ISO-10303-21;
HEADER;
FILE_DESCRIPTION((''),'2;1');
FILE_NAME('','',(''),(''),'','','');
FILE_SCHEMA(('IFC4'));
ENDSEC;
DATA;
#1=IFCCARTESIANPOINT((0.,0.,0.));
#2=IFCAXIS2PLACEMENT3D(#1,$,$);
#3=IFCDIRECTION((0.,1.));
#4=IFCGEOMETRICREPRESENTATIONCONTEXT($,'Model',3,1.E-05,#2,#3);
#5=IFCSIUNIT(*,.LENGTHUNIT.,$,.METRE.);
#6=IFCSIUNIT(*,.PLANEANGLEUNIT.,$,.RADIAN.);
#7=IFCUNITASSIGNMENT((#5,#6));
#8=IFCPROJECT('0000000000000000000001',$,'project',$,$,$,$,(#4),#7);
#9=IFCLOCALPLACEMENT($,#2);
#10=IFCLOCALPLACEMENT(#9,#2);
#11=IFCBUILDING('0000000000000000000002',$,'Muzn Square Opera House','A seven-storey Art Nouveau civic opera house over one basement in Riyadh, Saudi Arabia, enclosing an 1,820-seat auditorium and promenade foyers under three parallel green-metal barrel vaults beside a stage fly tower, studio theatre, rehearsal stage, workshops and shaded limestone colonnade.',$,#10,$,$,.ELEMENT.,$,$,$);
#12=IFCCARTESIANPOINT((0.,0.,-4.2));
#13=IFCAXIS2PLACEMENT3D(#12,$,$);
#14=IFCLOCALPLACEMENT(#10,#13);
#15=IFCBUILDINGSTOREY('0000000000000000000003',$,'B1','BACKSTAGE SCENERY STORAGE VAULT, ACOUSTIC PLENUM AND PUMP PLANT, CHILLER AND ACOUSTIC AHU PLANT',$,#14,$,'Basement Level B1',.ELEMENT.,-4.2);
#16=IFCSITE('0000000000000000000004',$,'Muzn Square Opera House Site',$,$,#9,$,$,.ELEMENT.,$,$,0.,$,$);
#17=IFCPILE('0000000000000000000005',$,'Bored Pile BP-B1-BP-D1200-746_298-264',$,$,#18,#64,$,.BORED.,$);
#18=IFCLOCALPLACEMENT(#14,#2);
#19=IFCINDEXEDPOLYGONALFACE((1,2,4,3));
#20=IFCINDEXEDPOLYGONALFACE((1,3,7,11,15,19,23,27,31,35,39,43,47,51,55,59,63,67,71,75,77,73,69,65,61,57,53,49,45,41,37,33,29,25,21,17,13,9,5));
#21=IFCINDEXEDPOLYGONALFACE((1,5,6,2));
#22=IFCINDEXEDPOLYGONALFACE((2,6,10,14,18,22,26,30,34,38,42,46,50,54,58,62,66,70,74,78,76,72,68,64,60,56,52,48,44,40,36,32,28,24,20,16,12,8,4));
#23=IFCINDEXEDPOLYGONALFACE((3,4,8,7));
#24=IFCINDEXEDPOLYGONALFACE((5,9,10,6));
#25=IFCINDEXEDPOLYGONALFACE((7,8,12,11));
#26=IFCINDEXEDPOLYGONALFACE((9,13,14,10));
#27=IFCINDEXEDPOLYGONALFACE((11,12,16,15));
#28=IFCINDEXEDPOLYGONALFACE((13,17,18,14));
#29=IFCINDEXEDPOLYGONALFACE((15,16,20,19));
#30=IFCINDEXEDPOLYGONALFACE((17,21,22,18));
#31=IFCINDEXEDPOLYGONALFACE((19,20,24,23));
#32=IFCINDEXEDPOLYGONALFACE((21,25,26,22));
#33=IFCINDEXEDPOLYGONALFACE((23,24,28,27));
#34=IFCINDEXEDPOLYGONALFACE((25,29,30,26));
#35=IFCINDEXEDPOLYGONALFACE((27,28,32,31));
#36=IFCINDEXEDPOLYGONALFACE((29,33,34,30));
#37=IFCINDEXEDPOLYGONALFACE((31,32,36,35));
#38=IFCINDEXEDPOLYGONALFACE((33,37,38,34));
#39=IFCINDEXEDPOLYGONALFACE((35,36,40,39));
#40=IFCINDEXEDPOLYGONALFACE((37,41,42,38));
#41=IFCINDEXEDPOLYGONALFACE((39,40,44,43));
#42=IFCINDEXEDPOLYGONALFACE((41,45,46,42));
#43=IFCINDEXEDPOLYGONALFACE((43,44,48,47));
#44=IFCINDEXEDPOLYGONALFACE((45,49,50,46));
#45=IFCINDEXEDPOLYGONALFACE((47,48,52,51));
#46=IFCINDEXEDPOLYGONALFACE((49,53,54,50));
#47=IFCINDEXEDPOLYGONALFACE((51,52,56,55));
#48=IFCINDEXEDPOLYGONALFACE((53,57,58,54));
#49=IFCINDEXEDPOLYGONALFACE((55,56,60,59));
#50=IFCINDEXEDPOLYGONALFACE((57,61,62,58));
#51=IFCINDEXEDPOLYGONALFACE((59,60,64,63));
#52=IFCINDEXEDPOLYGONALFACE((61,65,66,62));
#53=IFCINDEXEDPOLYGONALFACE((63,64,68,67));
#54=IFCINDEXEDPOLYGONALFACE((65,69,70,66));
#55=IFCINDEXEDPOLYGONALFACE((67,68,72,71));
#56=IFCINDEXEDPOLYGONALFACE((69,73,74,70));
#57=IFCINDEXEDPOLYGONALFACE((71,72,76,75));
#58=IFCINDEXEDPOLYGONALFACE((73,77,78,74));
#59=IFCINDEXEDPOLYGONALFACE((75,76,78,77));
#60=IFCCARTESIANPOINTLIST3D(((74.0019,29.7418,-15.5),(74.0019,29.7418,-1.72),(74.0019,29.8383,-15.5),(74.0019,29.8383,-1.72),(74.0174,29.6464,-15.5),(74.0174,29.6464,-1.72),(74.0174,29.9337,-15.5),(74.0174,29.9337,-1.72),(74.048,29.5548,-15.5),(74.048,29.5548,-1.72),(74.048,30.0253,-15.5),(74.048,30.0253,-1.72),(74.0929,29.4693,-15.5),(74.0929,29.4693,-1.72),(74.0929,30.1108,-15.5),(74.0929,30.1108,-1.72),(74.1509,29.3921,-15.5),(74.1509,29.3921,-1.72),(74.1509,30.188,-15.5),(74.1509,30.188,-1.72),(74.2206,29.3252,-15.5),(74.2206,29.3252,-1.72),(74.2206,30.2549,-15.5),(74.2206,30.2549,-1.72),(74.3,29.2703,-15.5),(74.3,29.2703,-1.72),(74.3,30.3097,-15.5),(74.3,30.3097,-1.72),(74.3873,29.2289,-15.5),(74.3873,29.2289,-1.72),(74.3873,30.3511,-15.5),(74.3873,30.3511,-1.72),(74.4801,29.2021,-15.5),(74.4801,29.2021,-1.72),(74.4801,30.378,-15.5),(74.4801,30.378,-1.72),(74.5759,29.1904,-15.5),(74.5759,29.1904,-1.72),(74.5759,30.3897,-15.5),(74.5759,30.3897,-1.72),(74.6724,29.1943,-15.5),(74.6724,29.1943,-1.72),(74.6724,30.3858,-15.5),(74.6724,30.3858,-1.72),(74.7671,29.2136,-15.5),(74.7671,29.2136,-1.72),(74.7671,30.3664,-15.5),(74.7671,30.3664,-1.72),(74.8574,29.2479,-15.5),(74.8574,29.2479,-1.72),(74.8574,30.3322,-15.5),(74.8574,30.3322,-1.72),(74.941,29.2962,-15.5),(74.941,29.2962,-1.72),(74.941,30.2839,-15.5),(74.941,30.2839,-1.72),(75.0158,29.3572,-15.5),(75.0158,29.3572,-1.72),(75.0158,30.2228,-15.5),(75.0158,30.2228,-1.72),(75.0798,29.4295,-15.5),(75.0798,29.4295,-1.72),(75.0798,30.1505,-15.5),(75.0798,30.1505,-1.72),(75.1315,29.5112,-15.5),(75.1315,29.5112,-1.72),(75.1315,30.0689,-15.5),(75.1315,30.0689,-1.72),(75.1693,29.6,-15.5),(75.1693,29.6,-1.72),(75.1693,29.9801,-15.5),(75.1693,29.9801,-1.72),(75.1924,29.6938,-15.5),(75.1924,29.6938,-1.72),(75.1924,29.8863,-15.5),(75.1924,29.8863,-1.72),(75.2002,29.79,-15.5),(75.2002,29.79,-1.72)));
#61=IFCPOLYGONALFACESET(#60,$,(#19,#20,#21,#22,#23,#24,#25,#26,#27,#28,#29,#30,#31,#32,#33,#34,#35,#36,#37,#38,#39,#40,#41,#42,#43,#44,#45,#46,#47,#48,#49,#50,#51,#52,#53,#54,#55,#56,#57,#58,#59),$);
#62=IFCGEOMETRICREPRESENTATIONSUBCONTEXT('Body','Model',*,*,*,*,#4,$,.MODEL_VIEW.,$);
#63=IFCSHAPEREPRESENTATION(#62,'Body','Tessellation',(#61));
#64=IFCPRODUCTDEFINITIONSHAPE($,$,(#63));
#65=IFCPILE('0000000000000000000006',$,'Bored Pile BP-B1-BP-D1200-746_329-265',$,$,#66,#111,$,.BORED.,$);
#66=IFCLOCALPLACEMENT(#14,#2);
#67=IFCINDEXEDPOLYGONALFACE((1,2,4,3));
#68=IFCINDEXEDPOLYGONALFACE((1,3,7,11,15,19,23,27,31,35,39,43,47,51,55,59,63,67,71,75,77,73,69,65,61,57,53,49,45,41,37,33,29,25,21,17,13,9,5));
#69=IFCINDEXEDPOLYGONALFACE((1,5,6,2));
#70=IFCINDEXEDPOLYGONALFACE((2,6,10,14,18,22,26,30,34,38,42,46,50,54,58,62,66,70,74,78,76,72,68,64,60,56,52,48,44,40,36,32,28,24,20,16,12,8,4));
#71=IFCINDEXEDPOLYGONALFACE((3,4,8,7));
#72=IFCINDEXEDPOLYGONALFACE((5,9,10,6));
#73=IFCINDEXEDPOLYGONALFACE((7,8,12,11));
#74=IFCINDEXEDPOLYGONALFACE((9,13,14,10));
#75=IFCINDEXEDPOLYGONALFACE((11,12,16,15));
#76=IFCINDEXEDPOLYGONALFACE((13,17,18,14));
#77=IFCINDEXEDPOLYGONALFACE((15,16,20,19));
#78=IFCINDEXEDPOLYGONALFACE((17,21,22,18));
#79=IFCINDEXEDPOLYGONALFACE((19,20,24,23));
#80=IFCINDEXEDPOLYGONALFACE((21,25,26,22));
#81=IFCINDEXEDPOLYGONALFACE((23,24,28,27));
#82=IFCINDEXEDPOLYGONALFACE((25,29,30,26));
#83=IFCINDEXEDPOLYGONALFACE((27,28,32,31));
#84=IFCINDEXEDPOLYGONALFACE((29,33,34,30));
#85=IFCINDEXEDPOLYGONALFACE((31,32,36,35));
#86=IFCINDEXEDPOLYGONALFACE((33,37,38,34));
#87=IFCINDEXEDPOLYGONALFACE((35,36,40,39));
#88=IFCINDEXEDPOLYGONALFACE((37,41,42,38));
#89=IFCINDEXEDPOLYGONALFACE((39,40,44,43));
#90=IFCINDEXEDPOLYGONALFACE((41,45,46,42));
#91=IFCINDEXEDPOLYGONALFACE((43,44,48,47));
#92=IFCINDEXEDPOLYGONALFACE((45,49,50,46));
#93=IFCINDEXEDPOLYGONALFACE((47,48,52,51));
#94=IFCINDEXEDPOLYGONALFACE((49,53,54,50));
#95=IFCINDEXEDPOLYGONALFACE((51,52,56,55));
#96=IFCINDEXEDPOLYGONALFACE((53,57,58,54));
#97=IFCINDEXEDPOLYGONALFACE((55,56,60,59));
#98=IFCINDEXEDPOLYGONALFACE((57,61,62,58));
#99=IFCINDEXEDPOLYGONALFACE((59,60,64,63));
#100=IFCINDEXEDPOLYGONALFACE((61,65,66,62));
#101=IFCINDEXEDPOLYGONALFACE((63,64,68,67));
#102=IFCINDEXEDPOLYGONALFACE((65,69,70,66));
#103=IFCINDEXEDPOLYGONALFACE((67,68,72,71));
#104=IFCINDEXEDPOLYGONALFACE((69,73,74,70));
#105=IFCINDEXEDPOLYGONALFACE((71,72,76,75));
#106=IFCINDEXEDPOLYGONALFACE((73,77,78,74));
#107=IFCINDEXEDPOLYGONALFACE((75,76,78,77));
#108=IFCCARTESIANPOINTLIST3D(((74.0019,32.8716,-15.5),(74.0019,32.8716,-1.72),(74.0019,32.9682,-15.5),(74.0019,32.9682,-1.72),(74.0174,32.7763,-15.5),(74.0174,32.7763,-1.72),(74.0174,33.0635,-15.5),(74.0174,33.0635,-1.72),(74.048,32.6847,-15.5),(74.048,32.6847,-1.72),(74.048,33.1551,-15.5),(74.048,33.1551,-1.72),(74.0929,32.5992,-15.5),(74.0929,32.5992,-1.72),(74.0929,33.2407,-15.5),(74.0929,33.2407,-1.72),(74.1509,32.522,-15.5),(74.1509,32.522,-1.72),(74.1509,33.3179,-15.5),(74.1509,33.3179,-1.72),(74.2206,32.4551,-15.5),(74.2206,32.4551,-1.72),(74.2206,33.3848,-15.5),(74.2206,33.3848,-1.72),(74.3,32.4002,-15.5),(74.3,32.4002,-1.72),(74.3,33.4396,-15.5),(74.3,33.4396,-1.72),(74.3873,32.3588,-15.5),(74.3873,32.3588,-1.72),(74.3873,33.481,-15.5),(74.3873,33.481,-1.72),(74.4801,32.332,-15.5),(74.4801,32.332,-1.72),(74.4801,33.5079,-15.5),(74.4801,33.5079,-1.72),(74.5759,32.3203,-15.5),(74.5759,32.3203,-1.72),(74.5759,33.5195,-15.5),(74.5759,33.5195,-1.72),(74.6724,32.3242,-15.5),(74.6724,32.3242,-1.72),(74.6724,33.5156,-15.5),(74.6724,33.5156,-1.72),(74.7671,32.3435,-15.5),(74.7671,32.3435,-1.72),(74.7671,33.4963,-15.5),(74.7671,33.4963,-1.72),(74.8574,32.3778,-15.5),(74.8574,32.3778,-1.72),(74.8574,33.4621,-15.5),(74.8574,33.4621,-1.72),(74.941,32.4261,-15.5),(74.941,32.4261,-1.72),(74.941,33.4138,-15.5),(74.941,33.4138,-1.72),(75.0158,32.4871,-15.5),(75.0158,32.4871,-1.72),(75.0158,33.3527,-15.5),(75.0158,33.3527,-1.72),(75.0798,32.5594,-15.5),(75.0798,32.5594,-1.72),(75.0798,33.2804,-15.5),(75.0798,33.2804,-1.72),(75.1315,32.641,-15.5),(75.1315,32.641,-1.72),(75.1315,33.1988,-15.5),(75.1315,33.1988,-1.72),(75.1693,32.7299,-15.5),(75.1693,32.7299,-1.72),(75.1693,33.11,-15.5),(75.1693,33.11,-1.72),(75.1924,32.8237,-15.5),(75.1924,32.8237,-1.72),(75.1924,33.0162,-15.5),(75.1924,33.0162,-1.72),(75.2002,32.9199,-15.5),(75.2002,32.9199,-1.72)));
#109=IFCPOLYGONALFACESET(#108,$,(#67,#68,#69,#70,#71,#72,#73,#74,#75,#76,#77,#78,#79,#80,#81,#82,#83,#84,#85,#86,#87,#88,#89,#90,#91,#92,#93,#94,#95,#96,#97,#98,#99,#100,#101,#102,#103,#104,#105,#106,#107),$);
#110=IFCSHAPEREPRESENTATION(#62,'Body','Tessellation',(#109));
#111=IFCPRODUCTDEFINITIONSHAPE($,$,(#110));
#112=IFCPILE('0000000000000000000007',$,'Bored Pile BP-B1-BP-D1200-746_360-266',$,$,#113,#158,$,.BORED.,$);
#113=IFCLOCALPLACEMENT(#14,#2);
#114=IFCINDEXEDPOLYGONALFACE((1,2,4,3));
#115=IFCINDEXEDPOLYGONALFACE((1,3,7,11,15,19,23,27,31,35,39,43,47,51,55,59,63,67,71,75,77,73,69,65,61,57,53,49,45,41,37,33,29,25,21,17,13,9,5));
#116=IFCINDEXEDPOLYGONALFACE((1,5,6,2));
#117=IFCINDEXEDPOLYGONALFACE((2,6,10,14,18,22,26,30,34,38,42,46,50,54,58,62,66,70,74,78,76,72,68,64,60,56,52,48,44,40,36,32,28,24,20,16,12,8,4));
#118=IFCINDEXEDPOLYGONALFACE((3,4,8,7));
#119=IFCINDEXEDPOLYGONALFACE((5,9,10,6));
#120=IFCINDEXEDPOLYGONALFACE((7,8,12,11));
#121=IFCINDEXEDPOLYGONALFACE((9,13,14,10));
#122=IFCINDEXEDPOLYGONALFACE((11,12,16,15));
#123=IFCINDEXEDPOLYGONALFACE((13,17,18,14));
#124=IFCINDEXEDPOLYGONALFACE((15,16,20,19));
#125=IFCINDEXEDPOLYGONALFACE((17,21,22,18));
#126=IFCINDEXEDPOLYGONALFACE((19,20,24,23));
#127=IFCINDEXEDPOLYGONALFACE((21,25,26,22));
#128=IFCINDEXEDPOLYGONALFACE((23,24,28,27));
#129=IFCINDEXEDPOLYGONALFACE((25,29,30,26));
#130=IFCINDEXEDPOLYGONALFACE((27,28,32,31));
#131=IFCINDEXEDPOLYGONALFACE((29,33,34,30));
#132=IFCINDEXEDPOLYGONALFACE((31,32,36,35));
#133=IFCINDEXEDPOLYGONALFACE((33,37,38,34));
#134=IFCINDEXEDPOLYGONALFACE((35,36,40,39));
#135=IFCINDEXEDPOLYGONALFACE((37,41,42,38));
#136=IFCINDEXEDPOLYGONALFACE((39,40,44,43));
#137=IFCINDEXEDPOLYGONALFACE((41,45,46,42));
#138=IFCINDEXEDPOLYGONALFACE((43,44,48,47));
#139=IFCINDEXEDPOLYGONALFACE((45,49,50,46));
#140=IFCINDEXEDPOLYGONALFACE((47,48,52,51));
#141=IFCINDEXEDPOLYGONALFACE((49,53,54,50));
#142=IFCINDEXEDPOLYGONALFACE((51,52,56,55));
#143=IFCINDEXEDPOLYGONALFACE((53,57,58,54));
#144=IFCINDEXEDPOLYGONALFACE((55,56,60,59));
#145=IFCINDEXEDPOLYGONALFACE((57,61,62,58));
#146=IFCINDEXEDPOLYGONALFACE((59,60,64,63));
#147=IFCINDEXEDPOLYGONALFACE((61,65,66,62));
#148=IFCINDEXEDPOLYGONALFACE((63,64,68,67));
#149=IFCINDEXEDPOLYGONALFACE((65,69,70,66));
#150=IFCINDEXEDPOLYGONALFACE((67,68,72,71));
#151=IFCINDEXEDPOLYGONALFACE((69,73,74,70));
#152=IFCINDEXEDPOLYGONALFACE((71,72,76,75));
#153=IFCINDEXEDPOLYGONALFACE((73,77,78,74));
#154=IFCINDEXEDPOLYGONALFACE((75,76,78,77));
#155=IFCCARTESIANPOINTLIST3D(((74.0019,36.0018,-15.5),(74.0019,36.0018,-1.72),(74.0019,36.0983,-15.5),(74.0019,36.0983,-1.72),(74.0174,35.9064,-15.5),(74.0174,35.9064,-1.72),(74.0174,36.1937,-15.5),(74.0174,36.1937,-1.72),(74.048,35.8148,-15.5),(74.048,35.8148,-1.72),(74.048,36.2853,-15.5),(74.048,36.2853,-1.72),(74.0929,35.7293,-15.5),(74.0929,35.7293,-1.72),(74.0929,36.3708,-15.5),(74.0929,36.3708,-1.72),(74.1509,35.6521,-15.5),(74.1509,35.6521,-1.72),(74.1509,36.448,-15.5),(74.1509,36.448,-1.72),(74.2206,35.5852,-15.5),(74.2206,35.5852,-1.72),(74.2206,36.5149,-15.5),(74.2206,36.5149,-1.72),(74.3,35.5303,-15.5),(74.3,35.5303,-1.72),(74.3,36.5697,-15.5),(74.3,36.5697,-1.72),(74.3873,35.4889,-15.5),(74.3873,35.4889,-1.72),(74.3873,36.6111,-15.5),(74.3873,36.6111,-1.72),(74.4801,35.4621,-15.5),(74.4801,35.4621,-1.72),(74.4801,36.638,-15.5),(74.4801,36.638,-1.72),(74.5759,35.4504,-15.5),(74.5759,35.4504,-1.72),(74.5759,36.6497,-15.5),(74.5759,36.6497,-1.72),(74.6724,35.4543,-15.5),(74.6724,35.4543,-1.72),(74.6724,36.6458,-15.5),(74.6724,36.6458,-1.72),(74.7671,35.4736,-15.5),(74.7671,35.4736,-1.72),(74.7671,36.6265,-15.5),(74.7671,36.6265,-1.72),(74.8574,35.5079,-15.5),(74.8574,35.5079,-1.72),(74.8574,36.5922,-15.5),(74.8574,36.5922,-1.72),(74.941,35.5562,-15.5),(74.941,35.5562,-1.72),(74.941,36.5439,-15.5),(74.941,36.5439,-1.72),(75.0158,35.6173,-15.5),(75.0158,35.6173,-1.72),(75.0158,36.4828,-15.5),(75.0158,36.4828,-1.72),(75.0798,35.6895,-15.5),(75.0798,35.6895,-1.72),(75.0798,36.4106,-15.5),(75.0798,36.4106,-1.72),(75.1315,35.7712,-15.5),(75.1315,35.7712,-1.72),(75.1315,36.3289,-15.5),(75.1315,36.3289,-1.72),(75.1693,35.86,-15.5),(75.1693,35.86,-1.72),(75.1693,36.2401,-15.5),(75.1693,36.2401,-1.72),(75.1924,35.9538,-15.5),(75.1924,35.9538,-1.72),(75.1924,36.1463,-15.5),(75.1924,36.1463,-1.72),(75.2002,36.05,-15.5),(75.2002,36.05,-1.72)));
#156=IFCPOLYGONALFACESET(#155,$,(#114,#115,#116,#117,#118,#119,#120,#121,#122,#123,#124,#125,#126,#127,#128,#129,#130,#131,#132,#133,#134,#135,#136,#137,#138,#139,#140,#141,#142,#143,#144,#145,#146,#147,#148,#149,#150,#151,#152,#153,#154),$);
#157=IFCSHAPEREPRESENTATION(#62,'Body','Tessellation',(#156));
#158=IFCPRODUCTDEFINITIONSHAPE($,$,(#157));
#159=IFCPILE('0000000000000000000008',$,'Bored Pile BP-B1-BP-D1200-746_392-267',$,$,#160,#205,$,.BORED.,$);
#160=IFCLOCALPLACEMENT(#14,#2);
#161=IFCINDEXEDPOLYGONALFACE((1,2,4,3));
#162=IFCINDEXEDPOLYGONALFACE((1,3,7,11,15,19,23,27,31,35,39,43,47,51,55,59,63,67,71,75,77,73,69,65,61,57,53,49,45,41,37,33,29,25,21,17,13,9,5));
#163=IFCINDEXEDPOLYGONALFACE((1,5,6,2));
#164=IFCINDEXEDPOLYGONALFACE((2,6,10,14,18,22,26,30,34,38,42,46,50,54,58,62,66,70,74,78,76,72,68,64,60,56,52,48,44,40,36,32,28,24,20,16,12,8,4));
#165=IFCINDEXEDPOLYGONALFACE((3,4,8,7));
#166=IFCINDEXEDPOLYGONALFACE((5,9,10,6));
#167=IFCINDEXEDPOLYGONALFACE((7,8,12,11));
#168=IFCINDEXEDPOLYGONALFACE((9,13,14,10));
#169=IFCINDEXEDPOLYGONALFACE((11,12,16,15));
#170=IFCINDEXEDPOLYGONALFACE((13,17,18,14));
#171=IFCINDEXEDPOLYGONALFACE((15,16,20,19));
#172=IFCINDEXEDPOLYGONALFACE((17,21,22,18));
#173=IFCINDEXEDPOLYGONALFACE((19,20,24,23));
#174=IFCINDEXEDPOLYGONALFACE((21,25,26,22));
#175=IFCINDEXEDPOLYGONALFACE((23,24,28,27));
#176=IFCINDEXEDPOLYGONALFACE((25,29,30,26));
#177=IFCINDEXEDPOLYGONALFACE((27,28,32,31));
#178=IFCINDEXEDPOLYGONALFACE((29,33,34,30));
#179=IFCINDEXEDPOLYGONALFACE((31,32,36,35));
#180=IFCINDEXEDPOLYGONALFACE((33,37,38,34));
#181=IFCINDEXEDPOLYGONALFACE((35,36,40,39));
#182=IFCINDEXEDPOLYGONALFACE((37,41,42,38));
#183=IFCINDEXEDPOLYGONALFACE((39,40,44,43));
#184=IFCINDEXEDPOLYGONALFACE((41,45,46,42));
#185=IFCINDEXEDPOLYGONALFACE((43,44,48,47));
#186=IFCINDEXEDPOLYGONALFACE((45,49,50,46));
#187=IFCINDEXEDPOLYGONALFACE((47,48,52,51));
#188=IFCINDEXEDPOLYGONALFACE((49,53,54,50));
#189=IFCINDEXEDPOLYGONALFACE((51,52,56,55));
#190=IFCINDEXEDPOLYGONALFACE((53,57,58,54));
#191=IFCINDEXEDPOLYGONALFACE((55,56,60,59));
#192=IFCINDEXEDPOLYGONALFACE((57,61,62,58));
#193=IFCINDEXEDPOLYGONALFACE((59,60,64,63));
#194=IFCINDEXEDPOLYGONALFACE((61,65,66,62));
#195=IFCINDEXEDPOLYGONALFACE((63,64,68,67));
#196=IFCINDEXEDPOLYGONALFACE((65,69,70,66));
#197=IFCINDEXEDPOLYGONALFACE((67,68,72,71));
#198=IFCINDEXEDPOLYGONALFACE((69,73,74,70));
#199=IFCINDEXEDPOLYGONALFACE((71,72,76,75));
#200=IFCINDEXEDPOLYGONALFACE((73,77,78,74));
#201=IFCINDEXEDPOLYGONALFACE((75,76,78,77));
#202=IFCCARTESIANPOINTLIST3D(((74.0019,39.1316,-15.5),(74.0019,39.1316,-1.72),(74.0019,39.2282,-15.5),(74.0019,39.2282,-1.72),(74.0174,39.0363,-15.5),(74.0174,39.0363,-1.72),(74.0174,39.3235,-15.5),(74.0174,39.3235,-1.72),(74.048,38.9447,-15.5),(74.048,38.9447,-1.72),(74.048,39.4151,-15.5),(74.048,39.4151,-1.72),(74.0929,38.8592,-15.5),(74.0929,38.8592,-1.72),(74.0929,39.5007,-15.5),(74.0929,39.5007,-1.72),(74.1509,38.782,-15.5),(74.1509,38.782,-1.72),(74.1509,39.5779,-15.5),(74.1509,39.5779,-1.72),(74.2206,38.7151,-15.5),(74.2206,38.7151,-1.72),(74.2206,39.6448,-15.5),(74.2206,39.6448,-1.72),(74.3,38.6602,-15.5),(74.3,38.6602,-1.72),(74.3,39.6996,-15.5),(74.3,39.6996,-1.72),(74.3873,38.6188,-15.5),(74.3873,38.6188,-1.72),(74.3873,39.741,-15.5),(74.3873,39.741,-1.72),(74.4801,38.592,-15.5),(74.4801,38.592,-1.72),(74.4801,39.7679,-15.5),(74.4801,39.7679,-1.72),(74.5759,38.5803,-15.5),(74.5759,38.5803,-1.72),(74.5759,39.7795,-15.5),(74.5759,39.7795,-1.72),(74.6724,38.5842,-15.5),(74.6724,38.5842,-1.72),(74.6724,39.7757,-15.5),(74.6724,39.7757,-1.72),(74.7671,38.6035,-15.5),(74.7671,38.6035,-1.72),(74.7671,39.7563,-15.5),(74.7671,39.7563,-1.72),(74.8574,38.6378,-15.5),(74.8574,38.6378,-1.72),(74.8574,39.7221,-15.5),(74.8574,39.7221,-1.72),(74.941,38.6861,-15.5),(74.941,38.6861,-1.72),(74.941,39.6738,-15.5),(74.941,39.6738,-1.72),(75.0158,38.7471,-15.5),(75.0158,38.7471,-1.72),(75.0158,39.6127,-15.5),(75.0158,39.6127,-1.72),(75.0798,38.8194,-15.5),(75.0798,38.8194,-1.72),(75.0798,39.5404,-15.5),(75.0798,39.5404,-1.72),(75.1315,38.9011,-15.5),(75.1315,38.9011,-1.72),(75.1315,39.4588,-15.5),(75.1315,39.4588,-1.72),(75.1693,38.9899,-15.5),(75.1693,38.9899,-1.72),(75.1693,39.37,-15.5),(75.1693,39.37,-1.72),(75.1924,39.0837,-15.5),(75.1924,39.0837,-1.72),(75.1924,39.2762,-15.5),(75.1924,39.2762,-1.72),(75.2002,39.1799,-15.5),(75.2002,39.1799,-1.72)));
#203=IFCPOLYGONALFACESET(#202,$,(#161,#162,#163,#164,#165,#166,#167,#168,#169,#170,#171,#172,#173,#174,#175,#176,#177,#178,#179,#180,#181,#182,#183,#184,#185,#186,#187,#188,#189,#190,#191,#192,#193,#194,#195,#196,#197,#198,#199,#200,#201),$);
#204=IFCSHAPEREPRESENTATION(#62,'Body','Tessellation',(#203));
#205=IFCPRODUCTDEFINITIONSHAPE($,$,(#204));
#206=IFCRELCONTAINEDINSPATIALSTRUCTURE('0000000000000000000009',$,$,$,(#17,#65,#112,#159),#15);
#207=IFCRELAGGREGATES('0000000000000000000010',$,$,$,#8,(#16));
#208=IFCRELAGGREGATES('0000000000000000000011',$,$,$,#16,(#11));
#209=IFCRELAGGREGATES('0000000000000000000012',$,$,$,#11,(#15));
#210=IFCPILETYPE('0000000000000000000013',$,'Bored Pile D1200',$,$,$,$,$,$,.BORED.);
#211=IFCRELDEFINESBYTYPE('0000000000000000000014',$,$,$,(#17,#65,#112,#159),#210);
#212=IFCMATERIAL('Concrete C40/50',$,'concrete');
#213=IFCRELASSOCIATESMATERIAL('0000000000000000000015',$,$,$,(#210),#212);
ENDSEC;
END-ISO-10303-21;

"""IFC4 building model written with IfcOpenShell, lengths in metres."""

from ifc_helpers import new_model, si_unit, direction, frame, origin, origin_2d, place, context, subcontext, project, spatial, circle, extrude, material, material_profile, profile_set, type_object, element, save


model = new_model("IFC4")

# Units and contexts
model_context = context("Model", 3, precision=1e-05, world=origin(), true_north=direction((0.0, 1.0)))
body_context = subcontext(model_context, "Body", "Model", "MODEL_VIEW")
ifc_project = project(units=[si_unit("LENGTHUNIT", "METRE"), si_unit("PLANEANGLEUNIT", "RADIAN")], contexts=[model_context])

# Site, building, storey
site_placement = place(None, origin())
site = spatial("IfcSite", under=ifc_project, at=site_placement, Name="Muzn Square Opera House Site", CompositionType="ELEMENT", RefElevation=0.0)
building_placement = place(site_placement, origin())
building = spatial("IfcBuilding", under=site, at=building_placement, Name="Muzn Square Opera House", Description="A seven-storey Art Nouveau civic opera house over one basement in Riyadh, Saudi Arabia, enclosing an 1,820-seat auditorium and promenade foyers under three parallel green-metal barrel vaults beside a stage fly tower, studio theatre, rehearsal stage, workshops and shaded limestone colonnade.", CompositionType="ELEMENT")
storey_placement = place(building_placement, frame((0.0, 0.0, -4.2)))
storey = spatial("IfcBuildingStorey", under=building, at=storey_placement, Name="B1", Description="BACKSTAGE SCENERY STORAGE VAULT, ACOUSTIC PLENUM AND PUMP PLANT, CHILLER AND ACOUSTIC AHU PLANT", LongName="Basement Level B1", CompositionType="ELEMENT", Elevation=-4.2)

# Piles
ifc_material_1 = material(Name="Concrete C40/50", Category="concrete")
ifc_material_profile_1 = material_profile(ifc_material_1, circle(Radius=0.6001, at=origin_2d()), Name="BORED PILE D1200", Category="concrete")
ifc_profile_set_1 = profile_set([ifc_material_profile_1], Name="Concrete C40/50")
pile_type = type_object("IfcPileType", Name="Bored Pile D1200", PredefinedType="BORED", material=ifc_profile_set_1)
for number, where, z_axis, x_axis, name in (
    (1, (74.6001, 29.79, -1.72), (0.0, 0.0, -1.0), (1.0, 0.0, 0.0), "Bored Pile BP-B1-BP-D1200-746_298-264"),
    (2, (74.6001, 32.9199, -1.72), (0.0, 0.0, -1.0), (1.0, 0.0, 0.0), "Bored Pile BP-B1-BP-D1200-746_329-265"),
    (3, (74.6001, 36.05, -1.72), (0.0, 0.0, -1.0), (1.0, 0.0, 0.0), "Bored Pile BP-B1-BP-D1200-746_360-266"),
    (4, (74.6001, 39.1799, -1.72), (0.0, 0.0, -1.0), (1.0, 0.0, 0.0), "Bored Pile BP-B1-BP-D1200-746_392-267"),
):
    element("IfcPile", number, at=place(storey_placement, frame(where, z_axis=z_axis, x_axis=x_axis)), inside=storey, type_object=pile_type, Name=name, PredefinedType="BORED", context=body_context, shape_type="SweptSolid", body=[
        extrude(circle(Radius=0.6001, at=origin_2d()), origin(), (0.0, 0.0, 1.0), 13.78),
    ])

save(model, "model.ifc")
